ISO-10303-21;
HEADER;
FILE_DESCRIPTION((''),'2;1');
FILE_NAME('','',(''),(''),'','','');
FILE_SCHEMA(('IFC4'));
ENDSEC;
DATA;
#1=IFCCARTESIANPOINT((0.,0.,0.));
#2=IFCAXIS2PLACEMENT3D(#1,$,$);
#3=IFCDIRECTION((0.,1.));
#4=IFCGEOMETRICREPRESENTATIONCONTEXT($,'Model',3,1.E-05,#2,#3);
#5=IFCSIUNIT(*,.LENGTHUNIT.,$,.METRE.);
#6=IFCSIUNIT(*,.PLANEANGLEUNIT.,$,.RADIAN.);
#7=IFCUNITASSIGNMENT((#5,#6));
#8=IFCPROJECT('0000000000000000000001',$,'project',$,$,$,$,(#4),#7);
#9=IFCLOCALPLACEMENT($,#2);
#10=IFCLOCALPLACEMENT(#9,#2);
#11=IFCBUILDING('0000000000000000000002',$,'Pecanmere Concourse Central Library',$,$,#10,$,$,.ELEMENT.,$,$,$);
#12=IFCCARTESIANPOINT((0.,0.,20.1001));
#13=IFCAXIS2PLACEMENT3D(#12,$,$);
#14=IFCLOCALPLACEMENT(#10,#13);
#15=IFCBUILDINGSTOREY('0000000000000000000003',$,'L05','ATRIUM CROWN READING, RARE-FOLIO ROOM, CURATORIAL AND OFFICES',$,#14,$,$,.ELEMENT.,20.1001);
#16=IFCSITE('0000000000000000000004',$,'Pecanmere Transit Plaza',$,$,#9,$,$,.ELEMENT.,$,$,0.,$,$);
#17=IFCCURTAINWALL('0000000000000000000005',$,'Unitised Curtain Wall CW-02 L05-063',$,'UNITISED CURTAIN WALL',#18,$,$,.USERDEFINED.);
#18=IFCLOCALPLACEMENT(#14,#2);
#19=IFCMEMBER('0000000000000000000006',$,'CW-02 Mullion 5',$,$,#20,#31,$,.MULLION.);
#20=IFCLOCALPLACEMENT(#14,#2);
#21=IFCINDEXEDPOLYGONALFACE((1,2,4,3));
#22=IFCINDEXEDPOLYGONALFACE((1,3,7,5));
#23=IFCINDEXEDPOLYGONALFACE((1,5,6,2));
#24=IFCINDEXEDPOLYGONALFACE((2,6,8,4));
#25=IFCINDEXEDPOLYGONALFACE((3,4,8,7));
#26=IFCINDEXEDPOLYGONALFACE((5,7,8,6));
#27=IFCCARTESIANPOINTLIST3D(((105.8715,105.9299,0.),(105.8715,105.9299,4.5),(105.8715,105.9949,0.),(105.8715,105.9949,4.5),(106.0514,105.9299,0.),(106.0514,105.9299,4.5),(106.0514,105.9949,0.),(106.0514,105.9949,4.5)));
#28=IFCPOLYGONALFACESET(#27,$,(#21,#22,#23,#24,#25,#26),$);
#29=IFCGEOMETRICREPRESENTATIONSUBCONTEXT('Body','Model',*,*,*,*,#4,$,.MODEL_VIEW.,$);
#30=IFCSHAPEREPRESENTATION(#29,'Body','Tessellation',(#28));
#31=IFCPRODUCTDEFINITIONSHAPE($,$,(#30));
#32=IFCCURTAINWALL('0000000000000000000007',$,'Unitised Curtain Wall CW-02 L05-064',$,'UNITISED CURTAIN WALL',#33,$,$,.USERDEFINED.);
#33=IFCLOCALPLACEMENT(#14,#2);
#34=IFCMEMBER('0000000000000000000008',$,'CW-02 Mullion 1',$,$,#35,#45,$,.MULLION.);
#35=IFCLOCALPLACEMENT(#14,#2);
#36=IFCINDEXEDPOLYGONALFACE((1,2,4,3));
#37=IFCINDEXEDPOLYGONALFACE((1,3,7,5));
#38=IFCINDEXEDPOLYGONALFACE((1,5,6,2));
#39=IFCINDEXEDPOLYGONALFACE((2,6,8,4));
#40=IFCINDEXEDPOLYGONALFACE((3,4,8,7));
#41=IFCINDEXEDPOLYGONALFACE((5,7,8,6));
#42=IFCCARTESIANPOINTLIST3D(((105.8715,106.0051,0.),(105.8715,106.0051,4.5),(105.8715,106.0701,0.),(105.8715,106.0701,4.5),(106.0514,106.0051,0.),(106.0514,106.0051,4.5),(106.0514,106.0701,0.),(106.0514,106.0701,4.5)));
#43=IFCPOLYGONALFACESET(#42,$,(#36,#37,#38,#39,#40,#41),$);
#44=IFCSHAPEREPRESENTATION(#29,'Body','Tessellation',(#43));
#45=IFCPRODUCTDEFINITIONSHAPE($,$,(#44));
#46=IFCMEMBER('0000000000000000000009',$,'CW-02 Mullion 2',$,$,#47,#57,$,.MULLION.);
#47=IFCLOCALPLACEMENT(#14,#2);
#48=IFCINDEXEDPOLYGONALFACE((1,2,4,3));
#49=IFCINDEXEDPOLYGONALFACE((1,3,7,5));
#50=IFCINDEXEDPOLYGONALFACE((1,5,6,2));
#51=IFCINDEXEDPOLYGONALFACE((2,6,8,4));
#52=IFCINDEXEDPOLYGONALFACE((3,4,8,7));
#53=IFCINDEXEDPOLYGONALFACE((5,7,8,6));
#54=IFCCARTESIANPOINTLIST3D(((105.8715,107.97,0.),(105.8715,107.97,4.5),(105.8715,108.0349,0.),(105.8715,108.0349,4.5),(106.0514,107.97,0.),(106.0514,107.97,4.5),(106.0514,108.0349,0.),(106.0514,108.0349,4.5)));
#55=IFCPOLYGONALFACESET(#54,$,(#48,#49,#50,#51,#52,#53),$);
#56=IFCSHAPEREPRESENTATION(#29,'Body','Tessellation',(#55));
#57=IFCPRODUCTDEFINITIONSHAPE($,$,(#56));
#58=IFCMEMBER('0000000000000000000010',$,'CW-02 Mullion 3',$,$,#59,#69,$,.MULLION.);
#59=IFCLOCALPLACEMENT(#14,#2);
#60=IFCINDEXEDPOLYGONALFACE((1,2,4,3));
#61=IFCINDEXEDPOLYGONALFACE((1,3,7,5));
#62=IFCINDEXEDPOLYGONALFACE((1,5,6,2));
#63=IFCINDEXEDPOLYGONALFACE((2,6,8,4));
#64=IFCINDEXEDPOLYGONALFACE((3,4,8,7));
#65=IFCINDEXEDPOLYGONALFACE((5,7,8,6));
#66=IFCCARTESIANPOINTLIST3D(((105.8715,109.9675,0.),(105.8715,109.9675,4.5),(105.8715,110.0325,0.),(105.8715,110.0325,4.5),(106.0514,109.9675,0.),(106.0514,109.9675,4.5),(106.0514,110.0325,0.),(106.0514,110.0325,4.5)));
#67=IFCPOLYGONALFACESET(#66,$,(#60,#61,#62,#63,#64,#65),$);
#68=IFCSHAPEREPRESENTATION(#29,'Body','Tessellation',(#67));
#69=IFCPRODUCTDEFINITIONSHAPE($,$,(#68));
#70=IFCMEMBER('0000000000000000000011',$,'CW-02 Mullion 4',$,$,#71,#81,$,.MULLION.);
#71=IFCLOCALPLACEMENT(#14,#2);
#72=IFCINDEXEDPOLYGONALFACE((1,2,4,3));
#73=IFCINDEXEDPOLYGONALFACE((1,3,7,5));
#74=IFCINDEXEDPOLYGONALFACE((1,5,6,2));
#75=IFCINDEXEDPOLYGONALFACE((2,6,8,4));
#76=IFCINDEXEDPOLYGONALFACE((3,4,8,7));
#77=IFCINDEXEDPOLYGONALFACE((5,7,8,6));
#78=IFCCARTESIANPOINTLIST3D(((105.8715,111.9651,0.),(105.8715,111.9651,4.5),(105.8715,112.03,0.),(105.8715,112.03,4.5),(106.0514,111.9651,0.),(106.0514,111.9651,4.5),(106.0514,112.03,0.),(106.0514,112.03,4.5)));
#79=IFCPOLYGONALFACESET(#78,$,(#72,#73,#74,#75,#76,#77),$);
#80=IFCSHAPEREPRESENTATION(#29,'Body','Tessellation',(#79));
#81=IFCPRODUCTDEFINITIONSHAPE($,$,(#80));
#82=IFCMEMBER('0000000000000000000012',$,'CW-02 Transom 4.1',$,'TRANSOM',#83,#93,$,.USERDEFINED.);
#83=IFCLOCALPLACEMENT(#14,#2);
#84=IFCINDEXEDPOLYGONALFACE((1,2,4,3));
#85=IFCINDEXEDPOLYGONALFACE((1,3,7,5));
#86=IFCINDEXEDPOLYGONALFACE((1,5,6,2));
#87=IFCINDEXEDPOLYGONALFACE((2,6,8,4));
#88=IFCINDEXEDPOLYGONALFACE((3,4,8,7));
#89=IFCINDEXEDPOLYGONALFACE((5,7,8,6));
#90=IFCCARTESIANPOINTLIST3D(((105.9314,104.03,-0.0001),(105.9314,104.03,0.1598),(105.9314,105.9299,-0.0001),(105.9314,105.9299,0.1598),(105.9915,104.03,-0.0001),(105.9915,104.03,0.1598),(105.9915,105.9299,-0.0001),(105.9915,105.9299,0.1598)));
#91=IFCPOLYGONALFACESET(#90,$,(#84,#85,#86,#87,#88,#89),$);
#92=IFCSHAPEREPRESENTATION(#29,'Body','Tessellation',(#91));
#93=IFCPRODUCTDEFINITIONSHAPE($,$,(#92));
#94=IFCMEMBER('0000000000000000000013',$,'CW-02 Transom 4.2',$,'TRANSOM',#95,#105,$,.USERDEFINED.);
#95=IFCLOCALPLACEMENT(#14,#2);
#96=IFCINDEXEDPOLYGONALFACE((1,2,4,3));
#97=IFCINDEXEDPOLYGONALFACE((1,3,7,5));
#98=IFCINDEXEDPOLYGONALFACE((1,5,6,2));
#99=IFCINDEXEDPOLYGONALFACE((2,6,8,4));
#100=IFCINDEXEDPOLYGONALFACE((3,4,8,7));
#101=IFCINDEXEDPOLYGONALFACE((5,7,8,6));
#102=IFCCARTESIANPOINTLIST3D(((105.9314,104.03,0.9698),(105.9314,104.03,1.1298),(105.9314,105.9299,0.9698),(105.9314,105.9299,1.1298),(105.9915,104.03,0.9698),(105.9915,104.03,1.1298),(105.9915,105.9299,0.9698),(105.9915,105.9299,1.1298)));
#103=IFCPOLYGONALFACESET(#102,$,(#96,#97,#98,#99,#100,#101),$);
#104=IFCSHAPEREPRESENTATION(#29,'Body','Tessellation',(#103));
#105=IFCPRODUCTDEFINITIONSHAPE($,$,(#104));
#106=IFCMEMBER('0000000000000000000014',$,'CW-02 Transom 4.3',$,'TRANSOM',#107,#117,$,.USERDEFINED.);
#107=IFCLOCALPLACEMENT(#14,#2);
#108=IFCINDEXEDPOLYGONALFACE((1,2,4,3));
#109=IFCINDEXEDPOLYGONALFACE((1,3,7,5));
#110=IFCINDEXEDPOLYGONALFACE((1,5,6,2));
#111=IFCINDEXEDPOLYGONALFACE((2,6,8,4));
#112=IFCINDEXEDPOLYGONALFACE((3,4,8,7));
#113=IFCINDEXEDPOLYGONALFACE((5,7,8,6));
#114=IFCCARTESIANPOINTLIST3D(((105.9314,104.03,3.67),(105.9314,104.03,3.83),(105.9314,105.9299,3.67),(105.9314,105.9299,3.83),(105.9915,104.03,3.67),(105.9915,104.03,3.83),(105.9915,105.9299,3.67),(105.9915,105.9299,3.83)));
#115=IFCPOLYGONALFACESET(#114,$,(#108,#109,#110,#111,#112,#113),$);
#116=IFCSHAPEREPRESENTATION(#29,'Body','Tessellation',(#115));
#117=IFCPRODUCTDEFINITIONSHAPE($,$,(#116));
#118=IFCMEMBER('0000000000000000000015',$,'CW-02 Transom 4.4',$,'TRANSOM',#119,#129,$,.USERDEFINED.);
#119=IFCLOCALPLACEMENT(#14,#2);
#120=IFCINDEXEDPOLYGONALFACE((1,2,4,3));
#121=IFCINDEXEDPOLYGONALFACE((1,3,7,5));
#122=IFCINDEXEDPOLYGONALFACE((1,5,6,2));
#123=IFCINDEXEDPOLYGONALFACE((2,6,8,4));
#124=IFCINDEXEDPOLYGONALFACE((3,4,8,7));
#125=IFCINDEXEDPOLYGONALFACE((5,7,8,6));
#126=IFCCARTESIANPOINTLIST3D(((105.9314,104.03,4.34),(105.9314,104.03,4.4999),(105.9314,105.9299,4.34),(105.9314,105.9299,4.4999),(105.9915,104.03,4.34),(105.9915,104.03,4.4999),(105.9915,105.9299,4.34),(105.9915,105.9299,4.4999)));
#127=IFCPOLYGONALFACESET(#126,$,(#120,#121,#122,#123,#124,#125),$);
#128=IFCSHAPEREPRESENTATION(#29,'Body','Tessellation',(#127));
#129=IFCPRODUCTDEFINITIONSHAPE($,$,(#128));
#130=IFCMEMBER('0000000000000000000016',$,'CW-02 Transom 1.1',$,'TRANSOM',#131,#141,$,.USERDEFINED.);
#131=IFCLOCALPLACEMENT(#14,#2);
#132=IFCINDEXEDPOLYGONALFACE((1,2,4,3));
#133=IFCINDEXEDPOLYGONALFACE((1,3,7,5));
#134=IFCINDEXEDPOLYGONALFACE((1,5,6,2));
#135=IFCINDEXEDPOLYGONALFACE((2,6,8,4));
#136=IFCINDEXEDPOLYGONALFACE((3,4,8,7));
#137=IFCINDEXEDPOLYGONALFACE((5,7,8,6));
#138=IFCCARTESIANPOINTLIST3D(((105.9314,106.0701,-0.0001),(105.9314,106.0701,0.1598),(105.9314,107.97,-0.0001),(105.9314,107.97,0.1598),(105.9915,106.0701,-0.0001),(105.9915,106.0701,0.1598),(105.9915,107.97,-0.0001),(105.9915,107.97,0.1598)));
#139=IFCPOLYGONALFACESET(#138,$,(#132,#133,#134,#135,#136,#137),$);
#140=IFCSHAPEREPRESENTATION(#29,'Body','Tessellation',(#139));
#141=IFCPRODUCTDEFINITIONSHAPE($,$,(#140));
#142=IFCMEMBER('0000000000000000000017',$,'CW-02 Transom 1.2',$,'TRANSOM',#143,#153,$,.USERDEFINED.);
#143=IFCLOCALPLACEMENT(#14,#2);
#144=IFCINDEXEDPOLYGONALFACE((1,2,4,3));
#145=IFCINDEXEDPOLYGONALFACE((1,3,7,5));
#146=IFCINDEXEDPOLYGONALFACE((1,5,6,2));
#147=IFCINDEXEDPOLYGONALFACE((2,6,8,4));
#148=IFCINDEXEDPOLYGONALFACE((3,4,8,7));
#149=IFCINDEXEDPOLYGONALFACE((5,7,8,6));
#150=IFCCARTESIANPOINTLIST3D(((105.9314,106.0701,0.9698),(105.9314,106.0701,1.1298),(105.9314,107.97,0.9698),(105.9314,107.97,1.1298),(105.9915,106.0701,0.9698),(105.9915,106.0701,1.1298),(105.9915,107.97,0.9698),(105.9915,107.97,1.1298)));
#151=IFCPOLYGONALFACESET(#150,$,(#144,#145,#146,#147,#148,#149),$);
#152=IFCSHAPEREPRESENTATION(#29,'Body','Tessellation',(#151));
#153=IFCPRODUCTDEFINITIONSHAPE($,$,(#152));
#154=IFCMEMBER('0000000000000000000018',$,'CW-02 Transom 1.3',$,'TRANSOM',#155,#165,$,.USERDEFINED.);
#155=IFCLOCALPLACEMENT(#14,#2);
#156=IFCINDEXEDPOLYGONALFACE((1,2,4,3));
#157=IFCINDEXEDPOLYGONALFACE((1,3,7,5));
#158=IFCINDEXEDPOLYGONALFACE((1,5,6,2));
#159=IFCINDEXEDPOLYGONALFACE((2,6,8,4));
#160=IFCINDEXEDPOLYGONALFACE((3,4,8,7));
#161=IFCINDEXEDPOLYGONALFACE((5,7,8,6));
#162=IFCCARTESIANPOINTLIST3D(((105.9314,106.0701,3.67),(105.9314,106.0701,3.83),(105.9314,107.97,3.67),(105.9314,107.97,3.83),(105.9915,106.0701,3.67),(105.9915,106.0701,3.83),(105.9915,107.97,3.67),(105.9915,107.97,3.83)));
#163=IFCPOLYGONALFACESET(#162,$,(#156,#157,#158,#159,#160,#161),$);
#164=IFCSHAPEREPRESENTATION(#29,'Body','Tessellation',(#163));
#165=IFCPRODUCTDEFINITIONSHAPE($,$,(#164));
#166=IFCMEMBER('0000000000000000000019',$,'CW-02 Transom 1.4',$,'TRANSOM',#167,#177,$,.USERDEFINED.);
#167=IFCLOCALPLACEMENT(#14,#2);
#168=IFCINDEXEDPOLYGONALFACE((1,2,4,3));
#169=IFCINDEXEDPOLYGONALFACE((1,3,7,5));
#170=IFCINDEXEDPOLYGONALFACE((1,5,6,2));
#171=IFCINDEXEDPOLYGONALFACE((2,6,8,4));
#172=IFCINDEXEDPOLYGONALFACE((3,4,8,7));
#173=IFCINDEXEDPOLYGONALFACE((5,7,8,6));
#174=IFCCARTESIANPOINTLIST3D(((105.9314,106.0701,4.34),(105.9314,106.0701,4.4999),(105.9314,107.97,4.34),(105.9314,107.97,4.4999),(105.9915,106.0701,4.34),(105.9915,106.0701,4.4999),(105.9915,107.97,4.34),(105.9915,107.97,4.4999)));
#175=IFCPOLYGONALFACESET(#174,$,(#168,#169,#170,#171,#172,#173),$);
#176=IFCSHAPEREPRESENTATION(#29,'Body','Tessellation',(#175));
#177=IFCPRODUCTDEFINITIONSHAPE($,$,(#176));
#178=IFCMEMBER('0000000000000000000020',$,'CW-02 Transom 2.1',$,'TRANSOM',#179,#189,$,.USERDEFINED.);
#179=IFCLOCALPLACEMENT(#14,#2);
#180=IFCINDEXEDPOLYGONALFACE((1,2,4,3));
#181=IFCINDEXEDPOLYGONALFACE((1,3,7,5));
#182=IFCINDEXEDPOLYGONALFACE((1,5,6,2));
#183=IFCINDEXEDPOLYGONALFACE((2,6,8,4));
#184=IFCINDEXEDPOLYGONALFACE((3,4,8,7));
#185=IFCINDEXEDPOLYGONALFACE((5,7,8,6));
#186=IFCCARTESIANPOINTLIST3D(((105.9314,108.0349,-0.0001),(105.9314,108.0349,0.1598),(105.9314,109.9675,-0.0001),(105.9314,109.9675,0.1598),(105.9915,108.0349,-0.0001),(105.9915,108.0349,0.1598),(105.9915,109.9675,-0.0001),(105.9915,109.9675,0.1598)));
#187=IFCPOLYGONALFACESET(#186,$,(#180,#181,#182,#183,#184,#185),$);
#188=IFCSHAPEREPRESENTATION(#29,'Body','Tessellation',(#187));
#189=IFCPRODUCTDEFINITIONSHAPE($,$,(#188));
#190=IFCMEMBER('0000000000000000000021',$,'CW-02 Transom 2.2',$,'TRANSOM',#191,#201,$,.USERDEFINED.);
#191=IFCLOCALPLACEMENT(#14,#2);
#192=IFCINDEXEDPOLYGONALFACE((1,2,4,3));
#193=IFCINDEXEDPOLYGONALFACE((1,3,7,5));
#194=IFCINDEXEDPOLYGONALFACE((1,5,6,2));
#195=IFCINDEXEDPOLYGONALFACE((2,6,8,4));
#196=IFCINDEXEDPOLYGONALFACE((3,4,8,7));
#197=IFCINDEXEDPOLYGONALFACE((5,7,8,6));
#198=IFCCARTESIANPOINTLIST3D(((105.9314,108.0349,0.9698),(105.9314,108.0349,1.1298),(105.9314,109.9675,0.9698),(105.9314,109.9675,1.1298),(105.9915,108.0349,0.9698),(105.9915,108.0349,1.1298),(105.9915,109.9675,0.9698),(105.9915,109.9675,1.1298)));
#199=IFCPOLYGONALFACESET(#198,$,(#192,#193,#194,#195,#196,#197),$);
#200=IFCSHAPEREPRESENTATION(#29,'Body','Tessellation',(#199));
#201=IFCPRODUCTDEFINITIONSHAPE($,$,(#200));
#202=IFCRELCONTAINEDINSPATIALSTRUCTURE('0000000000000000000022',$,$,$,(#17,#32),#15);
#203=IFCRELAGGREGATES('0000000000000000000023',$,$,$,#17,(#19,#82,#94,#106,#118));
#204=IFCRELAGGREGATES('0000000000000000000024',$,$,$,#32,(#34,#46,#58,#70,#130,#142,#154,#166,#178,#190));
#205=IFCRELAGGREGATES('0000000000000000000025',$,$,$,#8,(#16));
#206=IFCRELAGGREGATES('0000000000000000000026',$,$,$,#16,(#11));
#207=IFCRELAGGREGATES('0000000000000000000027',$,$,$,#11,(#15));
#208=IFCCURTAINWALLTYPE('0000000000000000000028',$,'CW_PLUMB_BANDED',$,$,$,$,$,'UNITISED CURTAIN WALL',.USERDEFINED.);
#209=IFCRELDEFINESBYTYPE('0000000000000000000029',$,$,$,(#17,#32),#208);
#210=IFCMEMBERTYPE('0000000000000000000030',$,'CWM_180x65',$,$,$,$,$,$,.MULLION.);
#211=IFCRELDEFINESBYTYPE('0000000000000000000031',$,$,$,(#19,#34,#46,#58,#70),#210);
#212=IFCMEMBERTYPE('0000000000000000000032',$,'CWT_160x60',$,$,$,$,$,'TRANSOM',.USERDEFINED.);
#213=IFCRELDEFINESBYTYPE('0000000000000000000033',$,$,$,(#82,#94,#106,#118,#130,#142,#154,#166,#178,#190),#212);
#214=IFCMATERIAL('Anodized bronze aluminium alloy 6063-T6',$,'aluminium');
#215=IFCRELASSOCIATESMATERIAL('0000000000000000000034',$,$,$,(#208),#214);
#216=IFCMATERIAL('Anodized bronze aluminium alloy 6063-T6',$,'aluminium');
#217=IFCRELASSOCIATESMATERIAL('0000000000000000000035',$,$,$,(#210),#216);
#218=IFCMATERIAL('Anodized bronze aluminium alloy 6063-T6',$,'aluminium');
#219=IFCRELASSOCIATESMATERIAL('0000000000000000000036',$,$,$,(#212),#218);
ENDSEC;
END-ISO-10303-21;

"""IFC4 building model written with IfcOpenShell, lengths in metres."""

from ifc_helpers import new_model, si_unit, direction, frame, origin, origin_2d, place, context, subcontext, project, spatial, rectangle, extrude, material, material_profile, profile_set, type_object, element, aggregate, save


model = new_model("IFC4")

# Units and contexts
model_context = context("Model", 3, precision=1e-05, world=origin(), true_north=direction((0.0, 1.0)))
body_context = subcontext(model_context, "Body", "Model", "MODEL_VIEW")
ifc_project = project(units=[si_unit("LENGTHUNIT", "METRE"), si_unit("PLANEANGLEUNIT", "RADIAN")], contexts=[model_context])

# Site, building, storey
site_placement = place(None, origin())
site = spatial("IfcSite", under=ifc_project, at=site_placement, Name="Pecanmere Transit Plaza", CompositionType="ELEMENT", RefElevation=0.0)
building_placement = place(site_placement, origin())
building = spatial("IfcBuilding", under=site, at=building_placement, Name="Pecanmere Concourse Central Library", CompositionType="ELEMENT")
storey_placement = place(building_placement, frame((0.0, 0.0, 20.1001)))
storey = spatial("IfcBuildingStorey", under=building, at=storey_placement, Name="L05", Description="ATRIUM CROWN READING, RARE-FOLIO ROOM, CURATORIAL AND OFFICES", CompositionType="ELEMENT", Elevation=20.1001)

# Curtain wall, member
ifc_material_1 = material(Name="Anodized bronze aluminium alloy 6063-T6", Category="aluminium")
curtain_wall_type = type_object("IfcCurtainWallType", Name="CW_PLUMB_BANDED", ElementType="UNITISED CURTAIN WALL", PredefinedType="USERDEFINED", material=ifc_material_1)
curtain_wall_1_placement = place(storey_placement, origin())
curtain_wall_1 = element("IfcCurtainWall", 1, at=curtain_wall_1_placement, inside=storey, type_object=curtain_wall_type, Name="Unitised Curtain Wall CW-02 L05-063", ObjectType="UNITISED CURTAIN WALL", PredefinedType="USERDEFINED")
ifc_material_2 = material(Name="Anodized bronze aluminium alloy 6063-T6", Category="aluminium")
ifc_material_profile_1 = material_profile(ifc_material_2, rectangle(XDim=0.0649, YDim=0.1799, at=origin_2d()), Name="AL 65x180")
ifc_profile_set_1 = profile_set([ifc_material_profile_1], Name="Anodized bronze aluminium alloy 6063-T6")
member_type_1 = type_object("IfcMemberType", Name="CWM_180x65", PredefinedType="MULLION", material=ifc_profile_set_1)
member_1_placement = place(storey_placement, frame((105.9614, 105.9624, 0.0), z_axis=(0.0, 0.0, 1.0), x_axis=(0.0, 1.0, 0.0)))
member_1 = element("IfcMember", 2, at=member_1_placement, type_object=member_type_1, Name="CW-02 Mullion 5", PredefinedType="MULLION", context=body_context, shape_type="SweptSolid", body=[
    extrude(rectangle(XDim=0.0649, YDim=0.1799, at=origin_2d()), origin(), (0.0, 0.0, 1.0), 4.5),
])

# Curtain wall, members
curtain_wall_2_placement = place(storey_placement, origin())
curtain_wall_2 = element("IfcCurtainWall", 3, at=curtain_wall_2_placement, inside=storey, type_object=curtain_wall_type, Name="Unitised Curtain Wall CW-02 L05-064", ObjectType="UNITISED CURTAIN WALL", PredefinedType="USERDEFINED")
member_2_placement = place(storey_placement, frame((105.9614, 106.0376, 0.0), z_axis=(0.0, 0.0, 1.0), x_axis=(0.0, 1.0, 0.0)))
member_2 = element("IfcMember", 4, at=member_2_placement, type_object=member_type_1, Name="CW-02 Mullion 1", PredefinedType="MULLION", context=body_context, shape_type="SweptSolid", body=[
    extrude(rectangle(XDim=0.0649, YDim=0.1799, at=origin_2d()), origin(), (0.0, 0.0, 1.0), 4.5),
])
member_3_placement = place(storey_placement, frame((105.9614, 108.0024, 0.0), z_axis=(0.0, 0.0, 1.0), x_axis=(0.0, 1.0, 0.0)))
member_3 = element("IfcMember", 5, at=member_3_placement, type_object=member_type_1, Name="CW-02 Mullion 2", PredefinedType="MULLION", context=body_context, shape_type="SweptSolid", body=[
    extrude(rectangle(XDim=0.0649, YDim=0.1799, at=origin_2d()), origin(), (0.0, 0.0, 1.0), 4.5),
])
member_4_placement = place(storey_placement, frame((105.9614, 110.0, 0.0), z_axis=(0.0, 0.0, 1.0), x_axis=(0.0, 1.0, 0.0)))
member_4 = element("IfcMember", 6, at=member_4_placement, type_object=member_type_1, Name="CW-02 Mullion 3", PredefinedType="MULLION", context=body_context, shape_type="SweptSolid", body=[
    extrude(rectangle(XDim=0.0649, YDim=0.1799, at=origin_2d()), origin(), (0.0, 0.0, 1.0), 4.5),
])
member_5_placement = place(storey_placement, frame((105.9614, 111.9976, 0.0), z_axis=(0.0, 0.0, 1.0), x_axis=(0.0, 1.0, 0.0)))
member_5 = element("IfcMember", 7, at=member_5_placement, type_object=member_type_1, Name="CW-02 Mullion 4", PredefinedType="MULLION", context=body_context, shape_type="SweptSolid", body=[
    extrude(rectangle(XDim=0.0649, YDim=0.1799, at=origin_2d()), origin(), (0.0, 0.0, 1.0), 4.5),
])

# Members
ifc_material_3 = material(Name="Anodized bronze aluminium alloy 6063-T6", Category="aluminium")
ifc_material_profile_2 = material_profile(ifc_material_3, rectangle(XDim=0.0601, YDim=0.1599, at=origin_2d()), Name="AL 60x160")
ifc_profile_set_2 = profile_set([ifc_material_profile_2], Name="Anodized bronze aluminium alloy 6063-T6")
member_type_2 = type_object("IfcMemberType", Name="CWT_160x60", ElementType="TRANSOM", PredefinedType="USERDEFINED", material=ifc_profile_set_2)
member_6_placement = place(storey_placement, frame((105.9614, 104.03, 0.0798), z_axis=(0.0, 1.0, 0.0), x_axis=(-1.0, 0.0, 0.0)))
member_6 = element("IfcMember", 8, at=member_6_placement, type_object=member_type_2, Name="CW-02 Transom 4.1", ObjectType="TRANSOM", PredefinedType="USERDEFINED", context=body_context, shape_type="SweptSolid", body=[
    extrude(rectangle(XDim=0.0601, YDim=0.1599, at=origin_2d()), origin(), (0.0, 0.0, 1.0), 1.8999),
])
member_7_placement = place(storey_placement, frame((105.9614, 104.03, 1.0498), z_axis=(0.0, 1.0, 0.0), x_axis=(-1.0, 0.0, 0.0)))
member_7 = element("IfcMember", 9, at=member_7_placement, type_object=member_type_2, Name="CW-02 Transom 4.2", ObjectType="TRANSOM", PredefinedType="USERDEFINED", context=body_context, shape_type="SweptSolid", body=[
    extrude(rectangle(XDim=0.0601, YDim=0.1599, at=origin_2d()), origin(), (0.0, 0.0, 1.0), 1.8999),
])
member_8_placement = place(storey_placement, frame((105.9614, 104.03, 3.75), z_axis=(0.0, 1.0, 0.0), x_axis=(-1.0, 0.0, 0.0)))
member_8 = element("IfcMember", 10, at=member_8_placement, type_object=member_type_2, Name="CW-02 Transom 4.3", ObjectType="TRANSOM", PredefinedType="USERDEFINED", context=body_context, shape_type="SweptSolid", body=[
    extrude(rectangle(XDim=0.0601, YDim=0.1599, at=origin_2d()), origin(), (0.0, 0.0, 1.0), 1.8999),
])
member_9_placement = place(storey_placement, frame((105.9614, 104.03, 4.4199), z_axis=(0.0, 1.0, 0.0), x_axis=(-1.0, 0.0, 0.0)))
member_9 = element("IfcMember", 11, at=member_9_placement, type_object=member_type_2, Name="CW-02 Transom 4.4", ObjectType="TRANSOM", PredefinedType="USERDEFINED", context=body_context, shape_type="SweptSolid", body=[
    extrude(rectangle(XDim=0.0601, YDim=0.1599, at=origin_2d()), origin(), (0.0, 0.0, 1.0), 1.8999),
])
member_10_placement = place(storey_placement, frame((105.9614, 106.0701, 0.0798), z_axis=(0.0, 1.0, 0.0), x_axis=(-1.0, 0.0, 0.0)))
member_10 = element("IfcMember", 12, at=member_10_placement, type_object=member_type_2, Name="CW-02 Transom 1.1", ObjectType="TRANSOM", PredefinedType="USERDEFINED", context=body_context, shape_type="SweptSolid", body=[
    extrude(rectangle(XDim=0.0601, YDim=0.1599, at=origin_2d()), origin(), (0.0, 0.0, 1.0), 1.8999),
])
member_11_placement = place(storey_placement, frame((105.9614, 106.0701, 1.0498), z_axis=(0.0, 1.0, 0.0), x_axis=(-1.0, 0.0, 0.0)))
member_11 = element("IfcMember", 13, at=member_11_placement, type_object=member_type_2, Name="CW-02 Transom 1.2", ObjectType="TRANSOM", PredefinedType="USERDEFINED", context=body_context, shape_type="SweptSolid", body=[
    extrude(rectangle(XDim=0.0601, YDim=0.1599, at=origin_2d()), origin(), (0.0, 0.0, 1.0), 1.8999),
])
member_12_placement = place(storey_placement, frame((105.9614, 106.0701, 3.75), z_axis=(0.0, 1.0, 0.0), x_axis=(-1.0, 0.0, 0.0)))
member_12 = element("IfcMember", 14, at=member_12_placement, type_object=member_type_2, Name="CW-02 Transom 1.3", ObjectType="TRANSOM", PredefinedType="USERDEFINED", context=body_context, shape_type="SweptSolid", body=[
    extrude(rectangle(XDim=0.0601, YDim=0.1599, at=origin_2d()), origin(), (0.0, 0.0, 1.0), 1.8999),
])
member_13_placement = place(storey_placement, frame((105.9614, 106.0701, 4.4199), z_axis=(0.0, 1.0, 0.0), x_axis=(-1.0, 0.0, 0.0)))
member_13 = element("IfcMember", 15, at=member_13_placement, type_object=member_type_2, Name="CW-02 Transom 1.4", ObjectType="TRANSOM", PredefinedType="USERDEFINED", context=body_context, shape_type="SweptSolid", body=[
    extrude(rectangle(XDim=0.0601, YDim=0.1599, at=origin_2d()), origin(), (0.0, 0.0, 1.0), 1.8999),
])
member_14_placement = place(storey_placement, frame((105.9614, 108.0349, 0.0798), z_axis=(0.0, 1.0, 0.0), x_axis=(-1.0, 0.0, 0.0)))
member_14 = element("IfcMember", 16, at=member_14_placement, type_object=member_type_2, Name="CW-02 Transom 2.1", ObjectType="TRANSOM", PredefinedType="USERDEFINED", context=body_context, shape_type="SweptSolid", body=[
    extrude(rectangle(XDim=0.0601, YDim=0.1599, at=origin_2d()), origin(), (0.0, 0.0, 1.0), 1.9326),
])
member_15_placement = place(storey_placement, frame((105.9614, 108.0349, 1.0498), z_axis=(0.0, 1.0, 0.0), x_axis=(-1.0, 0.0, 0.0)))
member_15 = element("IfcMember", 17, at=member_15_placement, type_object=member_type_2, Name="CW-02 Transom 2.2", ObjectType="TRANSOM", PredefinedType="USERDEFINED", context=body_context, shape_type="SweptSolid", body=[
    extrude(rectangle(XDim=0.0601, YDim=0.1599, at=origin_2d()), origin(), (0.0, 0.0, 1.0), 1.9326),
])

aggregate(curtain_wall_1, [member_1, member_6, member_7, member_8, member_9])
aggregate(curtain_wall_2, [member_2, member_3, member_4, member_5, member_10, member_11, member_12, member_13, member_14, member_15])

save(model, "model.ifc")
